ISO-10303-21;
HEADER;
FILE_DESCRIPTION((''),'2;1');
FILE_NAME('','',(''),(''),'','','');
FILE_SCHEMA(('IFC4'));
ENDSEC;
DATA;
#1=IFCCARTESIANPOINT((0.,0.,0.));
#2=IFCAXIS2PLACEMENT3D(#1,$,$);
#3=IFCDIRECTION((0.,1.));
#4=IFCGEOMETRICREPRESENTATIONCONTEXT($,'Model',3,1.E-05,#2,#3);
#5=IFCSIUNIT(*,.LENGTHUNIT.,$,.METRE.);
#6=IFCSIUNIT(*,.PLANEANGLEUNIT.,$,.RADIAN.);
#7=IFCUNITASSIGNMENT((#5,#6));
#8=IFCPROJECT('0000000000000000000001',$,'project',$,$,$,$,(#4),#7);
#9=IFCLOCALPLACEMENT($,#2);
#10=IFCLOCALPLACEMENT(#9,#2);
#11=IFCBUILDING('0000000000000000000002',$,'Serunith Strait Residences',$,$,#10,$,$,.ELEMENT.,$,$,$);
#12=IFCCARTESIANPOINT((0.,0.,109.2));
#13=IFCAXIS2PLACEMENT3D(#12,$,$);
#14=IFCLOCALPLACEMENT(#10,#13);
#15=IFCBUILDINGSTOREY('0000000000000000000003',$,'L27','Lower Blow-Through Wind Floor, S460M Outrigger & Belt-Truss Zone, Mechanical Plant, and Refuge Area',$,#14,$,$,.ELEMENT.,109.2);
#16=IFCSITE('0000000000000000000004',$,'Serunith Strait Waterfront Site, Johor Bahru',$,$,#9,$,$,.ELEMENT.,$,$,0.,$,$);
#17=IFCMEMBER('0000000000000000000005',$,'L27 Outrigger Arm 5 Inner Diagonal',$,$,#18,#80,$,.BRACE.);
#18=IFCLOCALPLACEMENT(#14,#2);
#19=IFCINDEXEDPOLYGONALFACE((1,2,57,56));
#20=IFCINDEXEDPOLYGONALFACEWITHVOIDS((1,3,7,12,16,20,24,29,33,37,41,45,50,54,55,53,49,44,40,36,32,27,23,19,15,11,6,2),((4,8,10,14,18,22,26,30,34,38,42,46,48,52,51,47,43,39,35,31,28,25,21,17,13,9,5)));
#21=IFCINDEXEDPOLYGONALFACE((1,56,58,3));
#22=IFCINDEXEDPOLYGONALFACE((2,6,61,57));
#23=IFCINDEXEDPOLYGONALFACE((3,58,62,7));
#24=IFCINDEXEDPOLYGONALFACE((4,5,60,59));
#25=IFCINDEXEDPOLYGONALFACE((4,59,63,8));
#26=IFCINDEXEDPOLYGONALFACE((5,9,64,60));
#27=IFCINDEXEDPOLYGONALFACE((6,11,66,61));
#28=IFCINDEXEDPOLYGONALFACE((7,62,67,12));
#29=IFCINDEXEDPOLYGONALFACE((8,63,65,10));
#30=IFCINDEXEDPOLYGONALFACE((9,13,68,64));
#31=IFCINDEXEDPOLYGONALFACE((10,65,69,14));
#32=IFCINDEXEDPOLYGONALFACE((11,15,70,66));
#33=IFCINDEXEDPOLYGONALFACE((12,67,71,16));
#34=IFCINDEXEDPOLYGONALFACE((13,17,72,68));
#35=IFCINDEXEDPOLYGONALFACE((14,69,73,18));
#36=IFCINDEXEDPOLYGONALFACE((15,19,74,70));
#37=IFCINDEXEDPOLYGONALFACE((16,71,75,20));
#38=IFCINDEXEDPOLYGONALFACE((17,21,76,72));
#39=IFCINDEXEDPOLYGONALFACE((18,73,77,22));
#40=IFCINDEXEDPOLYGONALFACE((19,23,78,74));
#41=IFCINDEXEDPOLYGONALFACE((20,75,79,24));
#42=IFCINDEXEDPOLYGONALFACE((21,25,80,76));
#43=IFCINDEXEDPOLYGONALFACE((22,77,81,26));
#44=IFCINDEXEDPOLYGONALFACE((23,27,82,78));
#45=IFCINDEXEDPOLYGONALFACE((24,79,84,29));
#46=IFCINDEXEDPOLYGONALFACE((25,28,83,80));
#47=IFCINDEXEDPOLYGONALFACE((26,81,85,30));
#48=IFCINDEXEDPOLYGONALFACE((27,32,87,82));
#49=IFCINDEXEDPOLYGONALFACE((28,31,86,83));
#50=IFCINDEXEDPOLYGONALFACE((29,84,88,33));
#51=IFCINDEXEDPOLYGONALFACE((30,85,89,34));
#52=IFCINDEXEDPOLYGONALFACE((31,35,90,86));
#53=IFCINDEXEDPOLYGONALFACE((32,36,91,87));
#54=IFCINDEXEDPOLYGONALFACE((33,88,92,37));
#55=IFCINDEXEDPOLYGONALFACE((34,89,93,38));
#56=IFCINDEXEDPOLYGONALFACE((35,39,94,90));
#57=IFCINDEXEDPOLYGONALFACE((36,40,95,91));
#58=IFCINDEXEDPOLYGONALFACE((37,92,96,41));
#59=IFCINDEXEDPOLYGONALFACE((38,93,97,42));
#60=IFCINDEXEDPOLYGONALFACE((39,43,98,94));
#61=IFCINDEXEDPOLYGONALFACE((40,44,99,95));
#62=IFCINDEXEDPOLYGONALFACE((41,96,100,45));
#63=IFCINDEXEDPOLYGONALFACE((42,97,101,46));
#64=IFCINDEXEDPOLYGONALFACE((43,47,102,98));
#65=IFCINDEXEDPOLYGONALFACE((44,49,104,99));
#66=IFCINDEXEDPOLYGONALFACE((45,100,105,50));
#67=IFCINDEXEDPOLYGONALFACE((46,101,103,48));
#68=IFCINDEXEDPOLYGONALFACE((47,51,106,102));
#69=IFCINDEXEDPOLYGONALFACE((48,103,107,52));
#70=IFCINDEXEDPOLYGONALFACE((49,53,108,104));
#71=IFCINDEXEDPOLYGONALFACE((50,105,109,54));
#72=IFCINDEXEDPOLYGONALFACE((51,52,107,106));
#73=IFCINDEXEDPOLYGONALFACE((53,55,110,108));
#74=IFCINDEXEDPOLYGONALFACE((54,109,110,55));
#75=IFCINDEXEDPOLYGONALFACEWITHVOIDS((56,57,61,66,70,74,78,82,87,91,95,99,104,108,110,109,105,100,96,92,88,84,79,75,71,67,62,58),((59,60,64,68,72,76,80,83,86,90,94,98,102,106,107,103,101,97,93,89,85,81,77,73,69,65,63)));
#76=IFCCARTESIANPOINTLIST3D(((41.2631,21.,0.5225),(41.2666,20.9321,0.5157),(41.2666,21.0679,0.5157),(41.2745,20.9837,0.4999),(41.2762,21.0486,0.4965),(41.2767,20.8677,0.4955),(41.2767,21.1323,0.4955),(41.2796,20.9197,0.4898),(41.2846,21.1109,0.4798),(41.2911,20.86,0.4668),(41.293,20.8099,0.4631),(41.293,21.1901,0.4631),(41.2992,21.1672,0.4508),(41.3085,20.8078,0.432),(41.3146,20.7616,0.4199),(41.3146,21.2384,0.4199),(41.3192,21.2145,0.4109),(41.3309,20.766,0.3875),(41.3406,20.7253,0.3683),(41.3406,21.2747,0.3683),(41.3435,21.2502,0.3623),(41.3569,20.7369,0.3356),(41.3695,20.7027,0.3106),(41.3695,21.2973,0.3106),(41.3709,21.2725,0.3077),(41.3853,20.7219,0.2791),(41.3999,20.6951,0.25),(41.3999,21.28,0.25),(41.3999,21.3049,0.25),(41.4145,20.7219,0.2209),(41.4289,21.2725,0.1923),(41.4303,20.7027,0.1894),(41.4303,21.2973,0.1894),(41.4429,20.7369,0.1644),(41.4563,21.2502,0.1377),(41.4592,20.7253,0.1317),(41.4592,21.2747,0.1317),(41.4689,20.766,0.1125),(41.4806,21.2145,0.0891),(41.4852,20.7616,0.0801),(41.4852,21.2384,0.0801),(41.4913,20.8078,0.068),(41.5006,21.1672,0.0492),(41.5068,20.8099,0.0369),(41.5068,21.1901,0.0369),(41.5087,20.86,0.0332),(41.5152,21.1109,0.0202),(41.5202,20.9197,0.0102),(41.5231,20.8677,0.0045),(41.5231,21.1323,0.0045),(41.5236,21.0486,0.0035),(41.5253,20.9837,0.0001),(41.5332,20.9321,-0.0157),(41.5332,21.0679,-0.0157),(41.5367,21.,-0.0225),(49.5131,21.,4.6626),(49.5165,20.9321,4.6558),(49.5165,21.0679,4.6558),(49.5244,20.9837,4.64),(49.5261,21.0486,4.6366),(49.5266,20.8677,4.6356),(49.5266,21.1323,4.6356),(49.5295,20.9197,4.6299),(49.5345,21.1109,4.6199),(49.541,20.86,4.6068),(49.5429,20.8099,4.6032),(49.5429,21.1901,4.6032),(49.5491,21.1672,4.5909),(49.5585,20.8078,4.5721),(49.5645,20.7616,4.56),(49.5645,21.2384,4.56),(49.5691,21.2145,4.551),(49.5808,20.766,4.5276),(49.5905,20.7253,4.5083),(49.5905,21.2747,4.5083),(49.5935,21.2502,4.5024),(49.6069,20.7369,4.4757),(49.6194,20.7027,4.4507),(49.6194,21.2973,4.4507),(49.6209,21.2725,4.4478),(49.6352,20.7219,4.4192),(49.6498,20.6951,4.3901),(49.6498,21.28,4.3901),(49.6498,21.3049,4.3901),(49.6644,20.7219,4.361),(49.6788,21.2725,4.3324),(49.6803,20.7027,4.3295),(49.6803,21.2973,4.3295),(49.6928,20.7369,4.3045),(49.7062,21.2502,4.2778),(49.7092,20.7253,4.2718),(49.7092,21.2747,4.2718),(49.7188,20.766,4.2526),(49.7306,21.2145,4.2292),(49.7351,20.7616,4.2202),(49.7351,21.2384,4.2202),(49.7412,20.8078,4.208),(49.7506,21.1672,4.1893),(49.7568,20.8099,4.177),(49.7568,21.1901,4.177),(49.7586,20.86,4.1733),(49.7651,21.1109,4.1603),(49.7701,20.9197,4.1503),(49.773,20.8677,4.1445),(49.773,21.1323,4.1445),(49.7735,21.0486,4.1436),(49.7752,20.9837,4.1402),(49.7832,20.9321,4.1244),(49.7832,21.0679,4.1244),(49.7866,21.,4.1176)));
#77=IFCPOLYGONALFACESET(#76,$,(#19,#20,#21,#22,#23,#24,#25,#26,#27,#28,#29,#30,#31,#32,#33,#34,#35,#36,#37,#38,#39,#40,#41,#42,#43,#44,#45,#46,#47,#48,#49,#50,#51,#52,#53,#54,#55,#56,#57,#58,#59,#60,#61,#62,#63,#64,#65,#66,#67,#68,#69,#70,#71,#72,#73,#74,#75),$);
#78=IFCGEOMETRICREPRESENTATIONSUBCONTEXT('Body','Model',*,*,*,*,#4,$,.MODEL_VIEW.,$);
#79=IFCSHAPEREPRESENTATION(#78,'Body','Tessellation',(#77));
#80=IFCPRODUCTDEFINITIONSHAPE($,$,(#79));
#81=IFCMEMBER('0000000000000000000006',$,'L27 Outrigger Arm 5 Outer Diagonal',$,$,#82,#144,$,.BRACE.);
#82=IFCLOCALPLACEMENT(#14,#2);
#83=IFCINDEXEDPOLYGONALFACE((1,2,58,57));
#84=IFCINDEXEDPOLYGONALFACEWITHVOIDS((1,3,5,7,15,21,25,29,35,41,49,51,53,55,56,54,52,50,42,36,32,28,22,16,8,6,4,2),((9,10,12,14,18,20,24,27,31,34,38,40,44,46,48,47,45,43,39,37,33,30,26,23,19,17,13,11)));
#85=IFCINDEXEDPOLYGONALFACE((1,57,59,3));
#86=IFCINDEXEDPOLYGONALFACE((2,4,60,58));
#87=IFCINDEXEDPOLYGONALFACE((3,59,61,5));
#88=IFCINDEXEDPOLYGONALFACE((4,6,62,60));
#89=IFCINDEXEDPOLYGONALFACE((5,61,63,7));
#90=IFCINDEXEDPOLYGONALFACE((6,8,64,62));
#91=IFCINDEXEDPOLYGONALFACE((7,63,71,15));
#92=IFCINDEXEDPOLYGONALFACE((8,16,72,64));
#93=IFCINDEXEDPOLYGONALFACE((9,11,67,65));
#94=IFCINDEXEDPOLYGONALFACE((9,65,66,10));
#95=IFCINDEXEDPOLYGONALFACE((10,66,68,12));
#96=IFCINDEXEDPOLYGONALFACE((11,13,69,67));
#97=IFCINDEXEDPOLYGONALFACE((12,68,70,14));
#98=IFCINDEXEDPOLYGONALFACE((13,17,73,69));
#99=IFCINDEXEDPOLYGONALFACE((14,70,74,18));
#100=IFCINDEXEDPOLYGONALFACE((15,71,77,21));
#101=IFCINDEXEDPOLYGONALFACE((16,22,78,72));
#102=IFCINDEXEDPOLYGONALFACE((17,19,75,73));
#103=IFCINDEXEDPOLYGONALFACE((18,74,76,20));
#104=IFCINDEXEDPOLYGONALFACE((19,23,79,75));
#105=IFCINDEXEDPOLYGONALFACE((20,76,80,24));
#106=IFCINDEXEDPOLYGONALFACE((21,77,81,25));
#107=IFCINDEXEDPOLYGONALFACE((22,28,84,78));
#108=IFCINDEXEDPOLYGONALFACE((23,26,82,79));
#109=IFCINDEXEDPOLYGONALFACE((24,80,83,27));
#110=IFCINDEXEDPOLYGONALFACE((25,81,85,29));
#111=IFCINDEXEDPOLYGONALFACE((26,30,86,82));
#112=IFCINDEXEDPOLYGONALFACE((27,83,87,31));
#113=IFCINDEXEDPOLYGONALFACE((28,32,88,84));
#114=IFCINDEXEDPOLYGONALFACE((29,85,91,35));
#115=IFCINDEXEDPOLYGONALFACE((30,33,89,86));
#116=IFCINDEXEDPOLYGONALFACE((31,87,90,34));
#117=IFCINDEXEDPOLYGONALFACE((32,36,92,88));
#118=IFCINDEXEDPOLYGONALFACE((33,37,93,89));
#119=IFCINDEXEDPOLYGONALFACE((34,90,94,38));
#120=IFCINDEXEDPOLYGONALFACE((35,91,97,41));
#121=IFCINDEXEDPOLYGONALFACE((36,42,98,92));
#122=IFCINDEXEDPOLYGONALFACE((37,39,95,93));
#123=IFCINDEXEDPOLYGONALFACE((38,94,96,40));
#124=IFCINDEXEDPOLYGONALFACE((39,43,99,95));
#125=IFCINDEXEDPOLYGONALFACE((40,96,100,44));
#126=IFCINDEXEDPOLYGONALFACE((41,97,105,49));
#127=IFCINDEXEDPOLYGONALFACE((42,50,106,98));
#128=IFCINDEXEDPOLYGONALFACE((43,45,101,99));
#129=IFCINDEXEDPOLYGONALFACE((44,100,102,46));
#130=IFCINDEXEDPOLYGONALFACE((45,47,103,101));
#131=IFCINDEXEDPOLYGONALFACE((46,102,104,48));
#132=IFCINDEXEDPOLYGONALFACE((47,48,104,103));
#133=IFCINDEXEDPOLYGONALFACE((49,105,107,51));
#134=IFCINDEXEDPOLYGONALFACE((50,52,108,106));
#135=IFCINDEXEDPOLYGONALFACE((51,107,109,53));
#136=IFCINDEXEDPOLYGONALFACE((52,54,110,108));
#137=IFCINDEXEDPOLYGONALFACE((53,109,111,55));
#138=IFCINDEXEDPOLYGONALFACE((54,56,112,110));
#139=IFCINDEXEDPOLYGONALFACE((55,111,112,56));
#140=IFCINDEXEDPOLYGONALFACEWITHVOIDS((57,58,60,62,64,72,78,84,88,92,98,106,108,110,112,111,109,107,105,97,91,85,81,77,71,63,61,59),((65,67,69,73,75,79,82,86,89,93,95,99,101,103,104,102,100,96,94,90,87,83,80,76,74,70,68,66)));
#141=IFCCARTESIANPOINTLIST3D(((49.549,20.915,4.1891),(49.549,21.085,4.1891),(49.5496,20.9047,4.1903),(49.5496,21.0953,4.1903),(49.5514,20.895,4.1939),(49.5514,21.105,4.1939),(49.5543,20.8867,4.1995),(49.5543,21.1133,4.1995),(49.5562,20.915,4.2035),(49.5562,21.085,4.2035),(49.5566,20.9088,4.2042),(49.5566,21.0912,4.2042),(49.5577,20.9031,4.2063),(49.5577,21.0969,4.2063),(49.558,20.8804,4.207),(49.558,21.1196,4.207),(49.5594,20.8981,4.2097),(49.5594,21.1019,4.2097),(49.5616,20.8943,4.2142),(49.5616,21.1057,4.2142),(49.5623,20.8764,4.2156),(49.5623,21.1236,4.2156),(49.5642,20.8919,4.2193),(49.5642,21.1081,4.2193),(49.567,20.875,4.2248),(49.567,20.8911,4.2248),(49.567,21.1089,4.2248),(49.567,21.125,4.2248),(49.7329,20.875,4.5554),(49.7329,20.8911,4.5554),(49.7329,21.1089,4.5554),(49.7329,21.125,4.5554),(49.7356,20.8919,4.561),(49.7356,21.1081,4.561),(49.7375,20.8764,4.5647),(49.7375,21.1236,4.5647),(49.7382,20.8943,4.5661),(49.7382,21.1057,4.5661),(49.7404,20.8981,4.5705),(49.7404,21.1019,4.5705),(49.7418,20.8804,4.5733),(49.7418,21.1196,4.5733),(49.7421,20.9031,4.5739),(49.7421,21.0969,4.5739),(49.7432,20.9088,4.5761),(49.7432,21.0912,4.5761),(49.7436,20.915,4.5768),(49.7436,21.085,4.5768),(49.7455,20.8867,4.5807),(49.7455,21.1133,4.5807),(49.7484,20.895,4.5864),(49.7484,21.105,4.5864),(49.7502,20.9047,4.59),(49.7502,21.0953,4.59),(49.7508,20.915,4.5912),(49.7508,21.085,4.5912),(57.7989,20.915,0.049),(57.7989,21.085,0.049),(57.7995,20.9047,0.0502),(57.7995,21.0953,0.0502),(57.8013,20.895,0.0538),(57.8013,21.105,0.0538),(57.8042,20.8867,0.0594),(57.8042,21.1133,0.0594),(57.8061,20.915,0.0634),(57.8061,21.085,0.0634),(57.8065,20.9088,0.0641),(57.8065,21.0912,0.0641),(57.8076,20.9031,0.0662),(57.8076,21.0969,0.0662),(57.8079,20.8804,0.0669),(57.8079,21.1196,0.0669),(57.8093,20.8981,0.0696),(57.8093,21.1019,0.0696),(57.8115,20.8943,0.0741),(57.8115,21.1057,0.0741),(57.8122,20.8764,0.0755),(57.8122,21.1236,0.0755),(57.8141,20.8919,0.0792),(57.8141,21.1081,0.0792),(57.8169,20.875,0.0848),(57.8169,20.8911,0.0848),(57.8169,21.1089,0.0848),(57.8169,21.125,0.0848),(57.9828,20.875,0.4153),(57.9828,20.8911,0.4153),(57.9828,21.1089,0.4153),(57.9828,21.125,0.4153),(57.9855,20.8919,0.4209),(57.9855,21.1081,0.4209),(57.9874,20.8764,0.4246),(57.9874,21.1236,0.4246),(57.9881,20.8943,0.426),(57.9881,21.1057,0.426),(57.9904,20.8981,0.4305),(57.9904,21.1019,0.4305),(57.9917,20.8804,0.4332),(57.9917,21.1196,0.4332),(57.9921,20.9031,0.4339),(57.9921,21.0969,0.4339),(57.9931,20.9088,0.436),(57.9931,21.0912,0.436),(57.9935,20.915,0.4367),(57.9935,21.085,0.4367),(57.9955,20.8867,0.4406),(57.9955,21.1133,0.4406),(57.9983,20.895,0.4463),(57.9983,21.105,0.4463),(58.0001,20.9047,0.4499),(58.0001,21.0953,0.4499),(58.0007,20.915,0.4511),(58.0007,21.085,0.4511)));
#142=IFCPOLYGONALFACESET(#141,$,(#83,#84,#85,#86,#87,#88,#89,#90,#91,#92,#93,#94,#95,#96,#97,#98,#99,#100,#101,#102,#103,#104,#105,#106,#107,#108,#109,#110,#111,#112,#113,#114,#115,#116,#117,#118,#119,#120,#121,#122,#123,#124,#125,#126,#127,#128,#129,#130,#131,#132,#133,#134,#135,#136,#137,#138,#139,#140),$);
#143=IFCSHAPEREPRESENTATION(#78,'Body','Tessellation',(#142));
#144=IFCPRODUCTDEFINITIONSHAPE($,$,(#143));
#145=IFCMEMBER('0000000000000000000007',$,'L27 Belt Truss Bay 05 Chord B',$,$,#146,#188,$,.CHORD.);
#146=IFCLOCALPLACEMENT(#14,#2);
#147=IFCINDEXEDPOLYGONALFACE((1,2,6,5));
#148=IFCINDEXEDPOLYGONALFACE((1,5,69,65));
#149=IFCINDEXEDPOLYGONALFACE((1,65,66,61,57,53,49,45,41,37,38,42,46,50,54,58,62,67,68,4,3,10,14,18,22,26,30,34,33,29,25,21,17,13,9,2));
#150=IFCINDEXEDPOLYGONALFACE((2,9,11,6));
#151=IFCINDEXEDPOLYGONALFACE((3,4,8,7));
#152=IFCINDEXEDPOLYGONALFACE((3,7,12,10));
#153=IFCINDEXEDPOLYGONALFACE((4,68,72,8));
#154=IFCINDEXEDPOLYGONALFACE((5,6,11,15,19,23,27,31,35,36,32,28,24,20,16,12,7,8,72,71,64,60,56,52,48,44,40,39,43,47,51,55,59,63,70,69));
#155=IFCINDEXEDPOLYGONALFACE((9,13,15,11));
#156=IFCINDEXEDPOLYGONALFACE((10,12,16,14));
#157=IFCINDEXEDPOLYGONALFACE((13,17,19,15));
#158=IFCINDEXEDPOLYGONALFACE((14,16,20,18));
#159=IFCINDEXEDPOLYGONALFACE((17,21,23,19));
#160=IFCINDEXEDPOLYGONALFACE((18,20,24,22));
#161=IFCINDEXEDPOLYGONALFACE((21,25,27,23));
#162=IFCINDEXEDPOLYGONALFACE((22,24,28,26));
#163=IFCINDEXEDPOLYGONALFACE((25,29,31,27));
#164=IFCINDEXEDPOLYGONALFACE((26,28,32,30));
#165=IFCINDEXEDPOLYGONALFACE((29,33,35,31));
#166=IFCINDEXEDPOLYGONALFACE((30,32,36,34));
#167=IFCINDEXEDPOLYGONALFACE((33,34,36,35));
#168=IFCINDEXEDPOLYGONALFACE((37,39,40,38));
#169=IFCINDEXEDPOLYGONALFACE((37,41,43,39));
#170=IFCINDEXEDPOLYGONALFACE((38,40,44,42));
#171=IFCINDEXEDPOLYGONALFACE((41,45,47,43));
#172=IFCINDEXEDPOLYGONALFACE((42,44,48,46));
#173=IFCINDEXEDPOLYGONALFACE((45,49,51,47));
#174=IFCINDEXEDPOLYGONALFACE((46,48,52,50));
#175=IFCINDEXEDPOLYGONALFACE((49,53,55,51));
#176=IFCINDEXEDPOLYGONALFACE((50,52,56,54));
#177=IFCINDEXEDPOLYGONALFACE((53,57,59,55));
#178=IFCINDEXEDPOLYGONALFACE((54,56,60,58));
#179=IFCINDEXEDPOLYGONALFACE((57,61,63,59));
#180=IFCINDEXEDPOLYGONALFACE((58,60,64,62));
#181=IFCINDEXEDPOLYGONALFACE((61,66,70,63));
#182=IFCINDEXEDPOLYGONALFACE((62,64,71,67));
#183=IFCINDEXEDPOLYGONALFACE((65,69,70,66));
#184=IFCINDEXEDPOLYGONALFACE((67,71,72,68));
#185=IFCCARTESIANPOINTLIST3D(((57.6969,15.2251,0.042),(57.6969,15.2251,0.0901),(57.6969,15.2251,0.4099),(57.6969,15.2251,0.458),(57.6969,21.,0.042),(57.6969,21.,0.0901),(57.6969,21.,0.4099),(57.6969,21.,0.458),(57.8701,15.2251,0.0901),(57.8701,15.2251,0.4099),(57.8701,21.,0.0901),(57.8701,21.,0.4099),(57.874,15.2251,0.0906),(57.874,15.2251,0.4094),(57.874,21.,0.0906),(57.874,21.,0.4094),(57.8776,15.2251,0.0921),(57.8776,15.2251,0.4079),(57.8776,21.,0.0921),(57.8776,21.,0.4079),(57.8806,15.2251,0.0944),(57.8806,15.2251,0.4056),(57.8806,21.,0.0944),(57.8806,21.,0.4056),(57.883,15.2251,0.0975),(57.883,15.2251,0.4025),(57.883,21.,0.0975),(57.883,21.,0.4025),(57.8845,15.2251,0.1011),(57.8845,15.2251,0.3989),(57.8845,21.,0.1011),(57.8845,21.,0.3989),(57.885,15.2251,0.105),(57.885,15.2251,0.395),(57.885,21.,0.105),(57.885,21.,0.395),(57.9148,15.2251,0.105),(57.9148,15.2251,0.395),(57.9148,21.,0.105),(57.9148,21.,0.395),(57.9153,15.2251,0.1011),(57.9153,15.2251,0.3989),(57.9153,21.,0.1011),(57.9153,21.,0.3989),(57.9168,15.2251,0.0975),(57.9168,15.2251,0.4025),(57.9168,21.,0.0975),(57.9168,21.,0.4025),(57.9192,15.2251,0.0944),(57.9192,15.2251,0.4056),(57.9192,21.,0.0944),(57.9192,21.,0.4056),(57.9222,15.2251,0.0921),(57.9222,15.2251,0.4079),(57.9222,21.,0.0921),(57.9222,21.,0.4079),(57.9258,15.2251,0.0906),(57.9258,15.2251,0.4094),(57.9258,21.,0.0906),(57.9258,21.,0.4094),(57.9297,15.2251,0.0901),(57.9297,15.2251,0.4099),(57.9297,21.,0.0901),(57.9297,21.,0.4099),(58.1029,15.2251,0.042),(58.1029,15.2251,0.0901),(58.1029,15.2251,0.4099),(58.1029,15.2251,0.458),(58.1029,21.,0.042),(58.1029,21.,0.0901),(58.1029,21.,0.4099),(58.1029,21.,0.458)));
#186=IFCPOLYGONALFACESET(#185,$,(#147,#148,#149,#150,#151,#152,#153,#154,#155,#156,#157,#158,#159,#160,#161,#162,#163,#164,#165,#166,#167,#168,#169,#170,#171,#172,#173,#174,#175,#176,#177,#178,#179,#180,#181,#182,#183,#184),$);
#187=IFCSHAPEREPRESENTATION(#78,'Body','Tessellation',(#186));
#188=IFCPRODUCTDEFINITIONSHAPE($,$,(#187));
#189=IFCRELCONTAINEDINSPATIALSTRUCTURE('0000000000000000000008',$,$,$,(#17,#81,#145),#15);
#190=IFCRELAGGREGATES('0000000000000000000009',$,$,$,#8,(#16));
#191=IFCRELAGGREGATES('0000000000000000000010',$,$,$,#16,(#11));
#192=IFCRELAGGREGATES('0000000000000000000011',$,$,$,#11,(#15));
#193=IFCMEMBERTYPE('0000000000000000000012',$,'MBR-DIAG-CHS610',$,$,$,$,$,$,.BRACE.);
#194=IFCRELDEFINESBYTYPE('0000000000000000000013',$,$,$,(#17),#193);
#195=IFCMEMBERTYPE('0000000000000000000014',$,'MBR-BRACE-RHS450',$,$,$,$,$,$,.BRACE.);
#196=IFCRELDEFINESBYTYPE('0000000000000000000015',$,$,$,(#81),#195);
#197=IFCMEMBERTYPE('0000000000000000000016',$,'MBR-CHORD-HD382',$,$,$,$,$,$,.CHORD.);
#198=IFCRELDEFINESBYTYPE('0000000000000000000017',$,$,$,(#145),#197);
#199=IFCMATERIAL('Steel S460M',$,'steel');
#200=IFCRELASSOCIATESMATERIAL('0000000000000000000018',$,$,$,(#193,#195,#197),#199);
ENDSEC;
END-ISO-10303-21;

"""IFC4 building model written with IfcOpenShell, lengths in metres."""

from ifc_helpers import new_model, si_unit, direction, frame, origin, origin_2d, place, context, subcontext, project, spatial, hollow_rectangle, hollow_circle, i_section, extrude, source, transform, mapped, material, material_profile, profile_set, type_object, element, save


model = new_model("IFC4")

# Units and contexts
model_context = context("Model", 3, precision=1e-05, world=origin(), true_north=direction((0.0, 1.0)))
body_context = subcontext(model_context, "Body", "Model", "MODEL_VIEW")
ifc_project = project(units=[si_unit("LENGTHUNIT", "METRE"), si_unit("PLANEANGLEUNIT", "RADIAN")], contexts=[model_context])

# Site, building, storey
site_placement = place(None, origin())
site = spatial("IfcSite", under=ifc_project, at=site_placement, Name="Serunith Strait Waterfront Site, Johor Bahru", CompositionType="ELEMENT", RefElevation=0.0)
building_placement = place(site_placement, origin())
building = spatial("IfcBuilding", under=site, at=building_placement, Name="Serunith Strait Residences", CompositionType="ELEMENT")
storey_placement = place(building_placement, frame((0.0, 0.0, 109.2)))
storey = spatial("IfcBuildingStorey", under=building, at=storey_placement, Name="L27", Description="Lower Blow-Through Wind Floor, S460M Outrigger & Belt-Truss Zone, Mechanical Plant, and Refuge Area", CompositionType="ELEMENT", Elevation=109.2)

# Members
ifc_material_1 = material(Name="Steel S460M", Category="steel")
ifc_material_profile_1 = material_profile(ifc_material_1, hollow_circle(Radius=0.3049, WallThickness=0.0249, at=origin_2d()), Name="CHS 610x25")
ifc_profile_set_1 = profile_set([ifc_material_profile_1], Name="Steel S460M")
member_type_1 = type_object("IfcMemberType", Name="MBR-DIAG-CHS610", PredefinedType="BRACE", material=ifc_profile_set_1)
shared_shape_1 = source(origin(), body_context, "Body", "SweptSolid", [
    extrude(hollow_circle(Radius=0.3049, WallThickness=0.0249, at=origin_2d()), origin(), (0.0, 0.0, 1.0), 9.2305),
])
member_1_placement = place(storey_placement, frame((41.3999, 21.0, 0.25), z_axis=(0.89377, 0.0, 0.448525), x_axis=(0.0, 1.0, 0.0)))
element("IfcMember", 1, at=member_1_placement, inside=storey, type_object=member_type_1, Name="L27 Outrigger Arm 5 Inner Diagonal", PredefinedType="BRACE", context=body_context, shape_type="MappedRepresentation", body=[
    mapped(shared_shape_1, transform((0.0, 0.0, 0.0), scale=1.0)),
])
ifc_material_profile_2 = material_profile(ifc_material_1, hollow_rectangle(XDim=0.25, YDim=0.45, WallThickness=0.0161, InnerFilletRadius=0.0239, OuterFilletRadius=0.04, at=origin_2d()), Name="RHS 450x250x16")
ifc_profile_set_2 = profile_set([ifc_material_profile_2], Name="Steel S460M")
member_type_2 = type_object("IfcMemberType", Name="MBR-BRACE-RHS450", PredefinedType="BRACE", material=ifc_profile_set_2)
shared_shape_2 = source(origin(), body_context, "Body", "SweptSolid", [
    extrude(hollow_rectangle(XDim=0.25, YDim=0.45, WallThickness=0.0161, InnerFilletRadius=0.0239, OuterFilletRadius=0.04, at=origin_2d()), origin(), (0.0, 0.0, 1.0), 9.2305),
])
member_2_placement = place(storey_placement, frame((49.6499, 21.0, 4.3901), z_axis=(0.89377, 0.0, -0.448525), x_axis=(0.0, 1.0, 0.0)))
element("IfcMember", 2, at=member_2_placement, inside=storey, type_object=member_type_2, Name="L27 Outrigger Arm 5 Outer Diagonal", PredefinedType="BRACE", context=body_context, shape_type="MappedRepresentation", body=[
    mapped(shared_shape_2, transform((0.0, 0.0, 0.0), scale=1.0)),
])
ifc_material_profile_3 = material_profile(ifc_material_1, i_section(OverallWidth=0.406, OverallDepth=0.416, WebThickness=0.0298, FlangeThickness=0.0481, FilletRadius=0.0149, at=origin_2d()), Name="HD 400x382")
ifc_profile_set_3 = profile_set([ifc_material_profile_3], Name="Steel S460M")
member_type_3 = type_object("IfcMemberType", Name="MBR-CHORD-HD382", PredefinedType="CHORD", material=ifc_profile_set_3)
shared_shape_3 = source(origin(), body_context, "Body", "SweptSolid", [
    extrude(i_section(OverallWidth=0.406, OverallDepth=0.416, WebThickness=0.0298, FlangeThickness=0.0481, FilletRadius=0.0149, at=origin_2d()), origin(), (0.0, 0.0, 1.0), 5.7749),
])
member_3_placement = place(storey_placement, frame((57.8999, 15.2251, 0.25), z_axis=(0.0, 1.0, 0.0), x_axis=(-1.0, 0.0, 0.0)))
element("IfcMember", 3, at=member_3_placement, inside=storey, type_object=member_type_3, Name="L27 Belt Truss Bay 05 Chord B", PredefinedType="CHORD", context=body_context, shape_type="MappedRepresentation", body=[
    mapped(shared_shape_3, transform((0.0, 0.0, 0.0), scale=1.0)),
])

save(model, "model.ifc")
